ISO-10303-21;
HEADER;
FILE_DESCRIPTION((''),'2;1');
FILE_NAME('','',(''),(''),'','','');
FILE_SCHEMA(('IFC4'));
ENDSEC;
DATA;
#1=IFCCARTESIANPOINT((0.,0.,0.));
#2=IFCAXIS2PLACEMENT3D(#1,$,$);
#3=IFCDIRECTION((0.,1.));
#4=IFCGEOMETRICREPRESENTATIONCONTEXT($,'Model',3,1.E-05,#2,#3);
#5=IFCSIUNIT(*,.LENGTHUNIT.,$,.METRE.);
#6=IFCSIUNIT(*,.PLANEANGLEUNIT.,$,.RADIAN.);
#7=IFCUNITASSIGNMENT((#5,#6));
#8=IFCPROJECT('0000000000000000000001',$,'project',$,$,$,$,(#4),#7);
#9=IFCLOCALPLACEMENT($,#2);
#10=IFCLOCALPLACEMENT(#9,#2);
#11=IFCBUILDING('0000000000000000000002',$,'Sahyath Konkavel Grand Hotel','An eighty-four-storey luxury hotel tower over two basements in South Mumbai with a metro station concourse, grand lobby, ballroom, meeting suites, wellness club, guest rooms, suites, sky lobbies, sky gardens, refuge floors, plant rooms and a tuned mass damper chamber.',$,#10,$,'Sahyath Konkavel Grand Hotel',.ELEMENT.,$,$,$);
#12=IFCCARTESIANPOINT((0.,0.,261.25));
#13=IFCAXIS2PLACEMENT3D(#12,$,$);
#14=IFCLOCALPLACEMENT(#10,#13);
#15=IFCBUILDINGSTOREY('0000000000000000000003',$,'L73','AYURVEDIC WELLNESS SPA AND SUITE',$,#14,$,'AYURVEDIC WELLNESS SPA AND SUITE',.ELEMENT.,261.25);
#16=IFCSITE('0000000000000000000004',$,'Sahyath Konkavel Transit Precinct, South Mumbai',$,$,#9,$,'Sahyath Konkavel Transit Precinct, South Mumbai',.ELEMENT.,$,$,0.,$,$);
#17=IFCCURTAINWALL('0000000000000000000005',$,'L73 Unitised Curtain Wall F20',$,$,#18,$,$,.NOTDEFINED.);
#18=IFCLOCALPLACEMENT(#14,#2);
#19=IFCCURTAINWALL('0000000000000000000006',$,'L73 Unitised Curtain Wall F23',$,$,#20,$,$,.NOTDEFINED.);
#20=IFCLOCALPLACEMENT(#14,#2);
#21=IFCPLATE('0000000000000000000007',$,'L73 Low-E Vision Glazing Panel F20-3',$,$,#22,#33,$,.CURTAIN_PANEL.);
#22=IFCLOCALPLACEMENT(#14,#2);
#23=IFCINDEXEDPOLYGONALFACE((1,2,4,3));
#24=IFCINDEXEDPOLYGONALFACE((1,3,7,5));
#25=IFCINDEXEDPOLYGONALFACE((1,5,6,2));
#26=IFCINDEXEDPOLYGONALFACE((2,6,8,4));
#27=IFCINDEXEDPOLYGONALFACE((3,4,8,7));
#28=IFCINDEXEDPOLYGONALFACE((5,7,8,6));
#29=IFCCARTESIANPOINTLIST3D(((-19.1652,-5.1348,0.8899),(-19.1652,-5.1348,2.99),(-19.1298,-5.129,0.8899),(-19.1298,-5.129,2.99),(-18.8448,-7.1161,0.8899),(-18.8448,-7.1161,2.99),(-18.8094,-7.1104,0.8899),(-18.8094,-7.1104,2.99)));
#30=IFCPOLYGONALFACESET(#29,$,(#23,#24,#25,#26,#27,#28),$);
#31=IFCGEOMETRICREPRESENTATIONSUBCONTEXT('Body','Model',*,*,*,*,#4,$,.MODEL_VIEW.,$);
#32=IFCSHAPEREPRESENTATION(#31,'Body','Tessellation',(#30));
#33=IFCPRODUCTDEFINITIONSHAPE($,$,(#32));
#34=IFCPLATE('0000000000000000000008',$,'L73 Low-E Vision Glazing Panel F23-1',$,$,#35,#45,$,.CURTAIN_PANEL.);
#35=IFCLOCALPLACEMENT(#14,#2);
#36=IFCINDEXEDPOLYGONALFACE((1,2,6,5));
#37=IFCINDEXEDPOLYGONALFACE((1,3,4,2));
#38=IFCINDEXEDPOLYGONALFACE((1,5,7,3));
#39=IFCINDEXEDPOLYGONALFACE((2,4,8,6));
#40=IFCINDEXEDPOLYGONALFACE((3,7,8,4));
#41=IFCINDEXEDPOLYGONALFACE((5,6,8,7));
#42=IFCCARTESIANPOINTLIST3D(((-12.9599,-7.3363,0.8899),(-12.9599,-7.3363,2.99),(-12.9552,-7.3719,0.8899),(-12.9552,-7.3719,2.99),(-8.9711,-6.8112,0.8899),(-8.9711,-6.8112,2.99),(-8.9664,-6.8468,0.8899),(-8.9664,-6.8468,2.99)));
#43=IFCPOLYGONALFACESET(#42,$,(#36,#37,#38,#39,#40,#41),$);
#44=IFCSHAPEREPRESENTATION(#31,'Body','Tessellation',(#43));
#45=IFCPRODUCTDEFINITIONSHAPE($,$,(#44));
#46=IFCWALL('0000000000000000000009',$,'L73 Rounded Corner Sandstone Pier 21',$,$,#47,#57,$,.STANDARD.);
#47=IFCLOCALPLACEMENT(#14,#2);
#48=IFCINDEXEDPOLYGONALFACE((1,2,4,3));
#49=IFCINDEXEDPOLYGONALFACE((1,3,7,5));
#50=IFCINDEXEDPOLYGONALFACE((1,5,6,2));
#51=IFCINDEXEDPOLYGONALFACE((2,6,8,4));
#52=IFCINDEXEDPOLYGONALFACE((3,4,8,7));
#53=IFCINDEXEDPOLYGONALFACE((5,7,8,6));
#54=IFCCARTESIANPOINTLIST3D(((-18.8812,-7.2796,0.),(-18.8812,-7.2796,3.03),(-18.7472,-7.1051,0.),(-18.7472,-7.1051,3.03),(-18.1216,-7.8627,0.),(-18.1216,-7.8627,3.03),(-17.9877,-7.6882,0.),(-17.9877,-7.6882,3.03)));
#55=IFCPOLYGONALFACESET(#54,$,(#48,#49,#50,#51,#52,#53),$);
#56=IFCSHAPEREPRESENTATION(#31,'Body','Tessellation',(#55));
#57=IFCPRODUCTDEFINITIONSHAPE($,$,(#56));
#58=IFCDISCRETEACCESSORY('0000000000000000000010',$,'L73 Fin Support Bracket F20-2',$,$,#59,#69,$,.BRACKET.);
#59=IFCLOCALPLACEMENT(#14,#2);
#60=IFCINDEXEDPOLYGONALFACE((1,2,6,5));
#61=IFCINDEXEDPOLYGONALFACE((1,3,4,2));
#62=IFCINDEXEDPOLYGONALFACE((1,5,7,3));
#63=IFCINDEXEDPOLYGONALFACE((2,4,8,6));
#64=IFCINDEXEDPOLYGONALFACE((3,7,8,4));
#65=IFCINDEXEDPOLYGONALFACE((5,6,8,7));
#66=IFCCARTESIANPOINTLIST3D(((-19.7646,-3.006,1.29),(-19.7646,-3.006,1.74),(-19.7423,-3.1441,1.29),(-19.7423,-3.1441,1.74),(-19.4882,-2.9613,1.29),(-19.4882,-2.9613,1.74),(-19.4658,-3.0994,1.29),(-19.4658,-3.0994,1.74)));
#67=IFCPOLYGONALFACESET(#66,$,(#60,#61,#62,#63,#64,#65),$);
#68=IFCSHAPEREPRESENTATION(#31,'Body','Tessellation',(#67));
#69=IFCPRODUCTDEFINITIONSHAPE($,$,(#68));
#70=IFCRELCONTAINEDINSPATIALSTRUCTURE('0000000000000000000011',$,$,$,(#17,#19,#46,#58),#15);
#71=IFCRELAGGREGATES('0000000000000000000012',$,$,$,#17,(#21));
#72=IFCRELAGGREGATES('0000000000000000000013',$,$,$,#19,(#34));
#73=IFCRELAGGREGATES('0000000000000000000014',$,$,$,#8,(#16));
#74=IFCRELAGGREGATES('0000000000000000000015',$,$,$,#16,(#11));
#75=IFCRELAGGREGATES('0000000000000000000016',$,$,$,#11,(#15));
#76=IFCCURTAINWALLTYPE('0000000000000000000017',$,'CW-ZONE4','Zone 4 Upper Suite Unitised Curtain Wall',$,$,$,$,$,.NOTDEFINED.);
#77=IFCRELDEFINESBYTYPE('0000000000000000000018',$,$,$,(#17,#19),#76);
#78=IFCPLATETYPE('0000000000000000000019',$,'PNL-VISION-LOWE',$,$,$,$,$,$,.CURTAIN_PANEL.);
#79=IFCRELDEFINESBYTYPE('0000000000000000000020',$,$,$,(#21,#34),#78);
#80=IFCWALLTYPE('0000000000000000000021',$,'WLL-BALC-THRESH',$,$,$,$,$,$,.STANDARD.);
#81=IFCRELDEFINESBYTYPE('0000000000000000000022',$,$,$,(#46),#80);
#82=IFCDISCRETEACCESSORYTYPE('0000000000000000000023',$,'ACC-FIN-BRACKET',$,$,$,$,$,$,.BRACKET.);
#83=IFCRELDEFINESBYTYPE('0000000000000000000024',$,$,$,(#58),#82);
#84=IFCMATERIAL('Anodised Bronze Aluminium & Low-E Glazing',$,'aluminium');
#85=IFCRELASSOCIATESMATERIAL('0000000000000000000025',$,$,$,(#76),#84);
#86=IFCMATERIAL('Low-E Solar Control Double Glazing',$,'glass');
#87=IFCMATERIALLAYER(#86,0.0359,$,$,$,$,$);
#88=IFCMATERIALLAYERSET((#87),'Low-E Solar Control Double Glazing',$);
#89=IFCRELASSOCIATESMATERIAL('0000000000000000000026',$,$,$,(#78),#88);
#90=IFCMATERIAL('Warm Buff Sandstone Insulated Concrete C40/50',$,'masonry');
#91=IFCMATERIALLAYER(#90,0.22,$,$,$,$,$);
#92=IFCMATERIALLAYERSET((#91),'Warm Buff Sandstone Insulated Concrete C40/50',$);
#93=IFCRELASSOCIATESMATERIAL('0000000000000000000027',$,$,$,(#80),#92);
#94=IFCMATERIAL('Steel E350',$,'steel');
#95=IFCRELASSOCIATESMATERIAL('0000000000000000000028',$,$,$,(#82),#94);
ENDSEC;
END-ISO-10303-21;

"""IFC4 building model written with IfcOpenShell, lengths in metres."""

from ifc_helpers import new_model, si_unit, direction, frame, frame_2d, origin, origin_2d, place, context, subcontext, project, spatial, rectangle, extrude, source, transform, mapped, material, layer, layer_set, type_object, element, aggregate, save


model = new_model("IFC4")

# Units and contexts
model_context = context("Model", 3, precision=1e-05, world=origin(), true_north=direction((0.0, 1.0)))
body_context = subcontext(model_context, "Body", "Model", "MODEL_VIEW")
ifc_project = project(units=[si_unit("LENGTHUNIT", "METRE"), si_unit("PLANEANGLEUNIT", "RADIAN")], contexts=[model_context])

# Site, building, storey
site_placement = place(None, origin())
site = spatial("IfcSite", under=ifc_project, at=site_placement, Name="Sahyath Konkavel Transit Precinct, South Mumbai", LongName="Sahyath Konkavel Transit Precinct, South Mumbai", CompositionType="ELEMENT", RefElevation=0.0)
building_placement = place(site_placement, origin())
building = spatial("IfcBuilding", under=site, at=building_placement, Name="Sahyath Konkavel Grand Hotel", Description="An eighty-four-storey luxury hotel tower over two basements in South Mumbai with a metro station concourse, grand lobby, ballroom, meeting suites, wellness club, guest rooms, suites, sky lobbies, sky gardens, refuge floors, plant rooms and a tuned mass damper chamber.", LongName="Sahyath Konkavel Grand Hotel", CompositionType="ELEMENT")
storey_placement = place(building_placement, frame((0.0, 0.0, 261.25)))
storey = spatial("IfcBuildingStorey", under=building, at=storey_placement, Name="L73", Description="AYURVEDIC WELLNESS SPA AND SUITE", LongName="AYURVEDIC WELLNESS SPA AND SUITE", CompositionType="ELEMENT", Elevation=261.25)

# Shared definitions
ifc_material_1 = material(Name="Steel E350", Category="steel")

# Curtain wall
ifc_material_2 = material(Name="Anodised Bronze Aluminium & Low-E Glazing", Category="aluminium")
curtain_wall_type = type_object("IfcCurtainWallType", Name="CW-ZONE4", Description="Zone 4 Upper Suite Unitised Curtain Wall", PredefinedType="NOTDEFINED", material=ifc_material_2)
curtain_wall_1_placement = place(storey_placement, origin())
curtain_wall_1 = element("IfcCurtainWall", 1, at=curtain_wall_1_placement, inside=storey, type_object=curtain_wall_type, Name="L73 Unitised Curtain Wall F20", PredefinedType="NOTDEFINED")

# Curtain wall
curtain_wall_2_placement = place(storey_placement, origin())
curtain_wall_2 = element("IfcCurtainWall", 2, at=curtain_wall_2_placement, inside=storey, type_object=curtain_wall_type, Name="L73 Unitised Curtain Wall F23", PredefinedType="NOTDEFINED")

# Plates
ifc_material_3 = material(Name="Low-E Solar Control Double Glazing", Category="glass")
ifc_layer_1 = layer(ifc_material_3, 0.0359)
ifc_layer_set_1 = layer_set([ifc_layer_1], Name="Low-E Solar Control Double Glazing")
plate_type_1 = type_object("IfcPlateType", Name="PNL-VISION-LOWE", PredefinedType="CURTAIN_PANEL", material=ifc_layer_set_1)
shared_shape_1 = source(origin(), body_context, "Body", "SweptSolid", [
    extrude(rectangle(XDim=2.0071, YDim=0.0359, at=origin_2d()), origin(), (0.0, 0.0, 1.0), 2.1001),
])
plate_1_placement = place(storey_placement, frame((-18.9873, -6.1226, 0.8899), z_axis=(0.0, 0.0, 1.0), x_axis=(0.159623, -0.987178, 0.0)))
plate_1 = element("IfcPlate", 3, at=plate_1_placement, type_object=plate_type_1, Name="L73 Low-E Vision Glazing Panel F20-3", PredefinedType="CURTAIN_PANEL", context=body_context, shape_type="MappedRepresentation", body=[
    mapped(shared_shape_1, transform((0.0, 0.0, 0.0), scale=1.0)),
])
aggregate(curtain_wall_1, [plate_1])
shared_shape_2 = source(origin(), body_context, "Body", "SweptSolid", [
    extrude(rectangle(XDim=4.0232, YDim=0.0359, at=origin_2d()), origin(), (0.0, 0.0, 1.0), 2.1001),
])
plate_2_placement = place(storey_placement, frame((-10.9631, -7.0916, 0.8899), z_axis=(0.0, 0.0, 1.0), x_axis=(0.991445, 0.130526, 0.0)))
plate_2 = element("IfcPlate", 4, at=plate_2_placement, type_object=plate_type_1, Name="L73 Low-E Vision Glazing Panel F23-1", PredefinedType="CURTAIN_PANEL", context=body_context, shape_type="MappedRepresentation", body=[
    mapped(shared_shape_2, transform((0.0, 0.0, 0.0), scale=1.0)),
])
aggregate(curtain_wall_2, [plate_2])

# Wall
ifc_material_4 = material(Name="Warm Buff Sandstone Insulated Concrete C40/50", Category="masonry")
ifc_layer_2 = layer(ifc_material_4, 0.22)
ifc_layer_set_2 = layer_set([ifc_layer_2], Name="Warm Buff Sandstone Insulated Concrete C40/50")
wall_type = type_object("IfcWallType", Name="WLL-BALC-THRESH", PredefinedType="STANDARD", material=ifc_layer_set_2)
wall_placement = place(storey_placement, frame((-18.8142, -7.1924, 0.0), z_axis=(0.0, 0.0, 1.0), x_axis=(0.793249, -0.608897, 0.0)))
element("IfcWall", 5, at=wall_placement, inside=storey, type_object=wall_type, Name="L73 Rounded Corner Sandstone Pier 21", PredefinedType="STANDARD", context=body_context, shape_type="SweptSolid", body=[
    extrude(rectangle(XDim=0.9575, YDim=0.22, at=frame_2d((0.4788, 0.0))), origin(), (0.0, 0.0, 1.0), 3.03),
])

# Discrete accessory
discrete_accessory_type = type_object("IfcDiscreteAccessoryType", Name="ACC-FIN-BRACKET", PredefinedType="BRACKET", material=ifc_material_1)
shared_shape_3 = source(origin(), body_context, "Body", "SweptSolid", [
    extrude(rectangle(XDim=0.28, YDim=0.1399, at=origin_2d()), origin(), (0.0, 0.0, 1.0), 0.45),
])
discrete_accessory_placement = place(storey_placement, frame((-19.6152, -3.0527, 1.29), z_axis=(0.0, 0.0, 1.0), x_axis=(-0.987178, -0.159623, 0.0)))
element("IfcDiscreteAccessory", 6, at=discrete_accessory_placement, inside=storey, type_object=discrete_accessory_type, Name="L73 Fin Support Bracket F20-2", PredefinedType="BRACKET", context=body_context, shape_type="MappedRepresentation", body=[
    mapped(shared_shape_3, transform((0.0, 0.0, 0.0), scale=1.0)),
])

save(model, "model.ifc")
